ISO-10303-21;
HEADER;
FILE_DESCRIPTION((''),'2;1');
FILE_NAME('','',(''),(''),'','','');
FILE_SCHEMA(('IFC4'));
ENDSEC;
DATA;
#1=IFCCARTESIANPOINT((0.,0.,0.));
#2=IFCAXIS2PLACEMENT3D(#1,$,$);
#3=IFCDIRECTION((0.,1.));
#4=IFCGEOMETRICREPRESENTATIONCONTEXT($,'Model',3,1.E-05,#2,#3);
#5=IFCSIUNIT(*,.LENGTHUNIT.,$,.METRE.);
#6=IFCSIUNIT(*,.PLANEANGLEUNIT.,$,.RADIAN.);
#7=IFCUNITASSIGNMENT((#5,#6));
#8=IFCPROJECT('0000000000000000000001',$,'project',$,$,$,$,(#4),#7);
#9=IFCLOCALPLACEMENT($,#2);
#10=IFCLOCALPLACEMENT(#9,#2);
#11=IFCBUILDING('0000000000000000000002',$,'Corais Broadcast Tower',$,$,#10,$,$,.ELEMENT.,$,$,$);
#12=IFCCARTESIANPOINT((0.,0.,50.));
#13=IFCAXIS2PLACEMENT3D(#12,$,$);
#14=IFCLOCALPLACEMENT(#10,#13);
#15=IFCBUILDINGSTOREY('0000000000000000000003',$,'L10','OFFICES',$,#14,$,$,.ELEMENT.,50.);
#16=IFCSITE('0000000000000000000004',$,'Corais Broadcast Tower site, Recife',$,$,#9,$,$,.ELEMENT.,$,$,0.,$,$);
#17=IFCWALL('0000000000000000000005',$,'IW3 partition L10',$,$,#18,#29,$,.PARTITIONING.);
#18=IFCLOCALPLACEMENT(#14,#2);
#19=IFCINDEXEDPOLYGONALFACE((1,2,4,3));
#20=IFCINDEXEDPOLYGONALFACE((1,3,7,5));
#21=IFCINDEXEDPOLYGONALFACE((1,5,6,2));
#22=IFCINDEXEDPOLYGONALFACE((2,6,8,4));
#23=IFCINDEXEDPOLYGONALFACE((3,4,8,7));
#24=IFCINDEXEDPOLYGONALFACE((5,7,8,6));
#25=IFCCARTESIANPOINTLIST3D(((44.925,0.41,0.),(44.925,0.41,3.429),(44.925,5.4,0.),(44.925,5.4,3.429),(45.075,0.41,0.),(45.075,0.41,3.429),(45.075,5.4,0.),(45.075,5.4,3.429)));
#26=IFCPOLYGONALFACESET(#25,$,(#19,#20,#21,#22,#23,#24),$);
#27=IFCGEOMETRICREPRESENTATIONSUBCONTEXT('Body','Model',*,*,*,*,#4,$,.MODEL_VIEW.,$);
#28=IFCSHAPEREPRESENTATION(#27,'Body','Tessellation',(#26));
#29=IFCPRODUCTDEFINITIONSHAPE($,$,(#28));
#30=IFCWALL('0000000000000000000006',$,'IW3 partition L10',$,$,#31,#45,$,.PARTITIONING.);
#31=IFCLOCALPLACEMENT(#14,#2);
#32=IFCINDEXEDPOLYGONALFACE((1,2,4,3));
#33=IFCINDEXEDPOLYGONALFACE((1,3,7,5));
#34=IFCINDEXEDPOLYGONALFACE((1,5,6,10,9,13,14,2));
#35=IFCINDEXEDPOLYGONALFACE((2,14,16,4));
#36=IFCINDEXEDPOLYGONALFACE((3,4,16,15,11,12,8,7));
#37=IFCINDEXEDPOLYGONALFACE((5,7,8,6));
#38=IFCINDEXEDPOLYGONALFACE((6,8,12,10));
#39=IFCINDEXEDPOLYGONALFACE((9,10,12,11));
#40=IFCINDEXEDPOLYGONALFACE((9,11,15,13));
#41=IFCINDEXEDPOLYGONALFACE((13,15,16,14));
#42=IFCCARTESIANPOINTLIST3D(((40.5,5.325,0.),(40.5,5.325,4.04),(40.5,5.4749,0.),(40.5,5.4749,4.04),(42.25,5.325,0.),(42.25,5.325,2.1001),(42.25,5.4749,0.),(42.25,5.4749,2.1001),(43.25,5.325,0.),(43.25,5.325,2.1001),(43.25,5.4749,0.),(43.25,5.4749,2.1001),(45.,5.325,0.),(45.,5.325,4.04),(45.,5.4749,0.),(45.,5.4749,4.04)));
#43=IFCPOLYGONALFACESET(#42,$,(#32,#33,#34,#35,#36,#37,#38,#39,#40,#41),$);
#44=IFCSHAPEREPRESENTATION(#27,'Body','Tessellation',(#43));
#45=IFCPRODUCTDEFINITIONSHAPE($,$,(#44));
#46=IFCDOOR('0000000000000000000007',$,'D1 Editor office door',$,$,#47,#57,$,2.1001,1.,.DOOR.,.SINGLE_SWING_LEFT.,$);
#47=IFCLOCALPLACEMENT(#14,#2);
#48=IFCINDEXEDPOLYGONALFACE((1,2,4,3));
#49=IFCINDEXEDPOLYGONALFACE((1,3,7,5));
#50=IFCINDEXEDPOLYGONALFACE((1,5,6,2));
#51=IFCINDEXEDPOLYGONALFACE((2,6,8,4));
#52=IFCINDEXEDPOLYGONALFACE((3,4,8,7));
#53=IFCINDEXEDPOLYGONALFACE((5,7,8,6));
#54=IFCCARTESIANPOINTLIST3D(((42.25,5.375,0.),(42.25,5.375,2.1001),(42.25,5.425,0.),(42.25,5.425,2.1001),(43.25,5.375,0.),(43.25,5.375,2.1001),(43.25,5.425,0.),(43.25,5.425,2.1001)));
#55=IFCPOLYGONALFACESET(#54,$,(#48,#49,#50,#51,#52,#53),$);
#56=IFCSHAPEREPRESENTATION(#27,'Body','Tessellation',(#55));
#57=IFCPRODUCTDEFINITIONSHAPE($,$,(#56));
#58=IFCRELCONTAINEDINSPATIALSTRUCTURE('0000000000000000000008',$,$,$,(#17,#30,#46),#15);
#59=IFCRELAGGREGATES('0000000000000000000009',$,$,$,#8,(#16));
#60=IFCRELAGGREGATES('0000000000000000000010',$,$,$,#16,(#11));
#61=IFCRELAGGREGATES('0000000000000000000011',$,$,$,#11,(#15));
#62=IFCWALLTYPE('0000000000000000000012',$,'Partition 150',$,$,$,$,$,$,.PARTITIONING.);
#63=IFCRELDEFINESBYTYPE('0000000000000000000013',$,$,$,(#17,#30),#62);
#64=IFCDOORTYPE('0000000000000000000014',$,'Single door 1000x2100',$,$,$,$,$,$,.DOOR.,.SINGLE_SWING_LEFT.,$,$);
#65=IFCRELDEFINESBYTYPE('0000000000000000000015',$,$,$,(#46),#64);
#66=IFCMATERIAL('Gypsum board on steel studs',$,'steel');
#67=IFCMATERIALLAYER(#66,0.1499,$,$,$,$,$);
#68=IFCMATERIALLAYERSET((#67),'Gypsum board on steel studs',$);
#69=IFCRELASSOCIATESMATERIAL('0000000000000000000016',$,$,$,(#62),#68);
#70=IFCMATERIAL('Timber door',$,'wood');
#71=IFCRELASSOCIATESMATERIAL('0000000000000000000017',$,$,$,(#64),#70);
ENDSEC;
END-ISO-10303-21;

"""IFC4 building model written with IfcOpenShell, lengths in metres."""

from ifc_helpers import new_model, si_unit, direction, frame, frame_2d, origin, place, context, subcontext, project, spatial, rectangle, extrude, material, layer, layer_set, type_object, element, fill, save


model = new_model("IFC4")

# Units and contexts
model_context = context("Model", 3, precision=1e-05, world=origin(), true_north=direction((0.0, 1.0)))
body_context = subcontext(model_context, "Body", "Model", "MODEL_VIEW")
ifc_project = project(units=[si_unit("LENGTHUNIT", "METRE"), si_unit("PLANEANGLEUNIT", "RADIAN")], contexts=[model_context])

# Site, building, storey
site_placement = place(None, origin())
site = spatial("IfcSite", under=ifc_project, at=site_placement, Name="Corais Broadcast Tower site, Recife", CompositionType="ELEMENT", RefElevation=0.0)
building_placement = place(site_placement, origin())
building = spatial("IfcBuilding", under=site, at=building_placement, Name="Corais Broadcast Tower", CompositionType="ELEMENT")
storey_placement = place(building_placement, frame((0.0, 0.0, 50.0)))
storey = spatial("IfcBuildingStorey", under=building, at=storey_placement, Name="L10", Description="OFFICES", CompositionType="ELEMENT", Elevation=50.0)

# Wall
ifc_material_1 = material(Name="Gypsum board on steel studs", Category="steel")
ifc_layer_1 = layer(ifc_material_1, 0.1499)
ifc_layer_set_1 = layer_set([ifc_layer_1], Name="Gypsum board on steel studs")
wall_type = type_object("IfcWallType", Name="Partition 150", PredefinedType="PARTITIONING", material=ifc_layer_set_1)
wall_1_placement = place(storey_placement, frame((45.0, 0.4099, 0.0), z_axis=(0.0, 0.0, 1.0), x_axis=(0.0, 1.0, 0.0)))
element("IfcWall", 1, at=wall_1_placement, inside=storey, type_object=wall_type, Name="IW3 partition L10", PredefinedType="PARTITIONING", context=body_context, shape_type="SweptSolid", body=[
    extrude(rectangle(XDim=4.99, YDim=0.1499, at=frame_2d((2.4951, 0.0))), origin(), (0.0, 0.0, 1.0), 3.429),
])

# Wall, opening, door
wall_2_placement = place(storey_placement, frame((45.0, 5.3999, 0.0), z_axis=(0.0, 0.0, 1.0), x_axis=(-1.0, 0.0, 0.0)))
wall_2 = element("IfcWall", 2, at=wall_2_placement, inside=storey, type_object=wall_type, Name="IW3 partition L10", PredefinedType="PARTITIONING", context=body_context, shape_type="SweptSolid", body=[
    extrude(rectangle(XDim=4.5, YDim=0.1499, at=frame_2d((2.25, 0.0))), origin(), (0.0, 0.0, 1.0), 4.04),
])
opening_placement = place(wall_2_placement, frame((1.75, 0.0, 0.0)))
opening = element("IfcOpeningElement", 3, at=opening_placement, cuts=wall_2, PredefinedType="OPENING", context=body_context, shape_type="SweptSolid", body=[
    extrude(rectangle(XDim=1.0, YDim=2.1001, at=frame_2d((0.5, 1.05))), frame((0.0, 0.085, 0.0), z_axis=(0.0, -1.0, 0.0), x_axis=(1.0, 0.0, 0.0)), (0.0, 0.0, 1.0), 0.1699),
])
ifc_material_2 = material(Name="Timber door", Category="wood")
door_type = type_object("IfcDoorType", Name="Single door 1000x2100", OperationType="SINGLE_SWING_LEFT", PredefinedType="DOOR", material=ifc_material_2)
door_placement = place(opening_placement, origin())
door = element("IfcDoor", 4, at=door_placement, inside=storey, type_object=door_type, Name="D1 Editor office door", OperationType="SINGLE_SWING_LEFT", OverallHeight=2.1001, OverallWidth=1.0, PredefinedType="DOOR", context=body_context, shape_type="SweptSolid", body=[
    extrude(rectangle(XDim=1.0, YDim=2.1001, at=frame_2d((0.5, 1.05))), frame((0.0, 0.0249, 0.0), z_axis=(0.0, -1.0, 0.0), x_axis=(1.0, 0.0, 0.0)), (0.0, 0.0, 1.0), 0.05),
])
fill(opening, door)

save(model, "model.ifc")
